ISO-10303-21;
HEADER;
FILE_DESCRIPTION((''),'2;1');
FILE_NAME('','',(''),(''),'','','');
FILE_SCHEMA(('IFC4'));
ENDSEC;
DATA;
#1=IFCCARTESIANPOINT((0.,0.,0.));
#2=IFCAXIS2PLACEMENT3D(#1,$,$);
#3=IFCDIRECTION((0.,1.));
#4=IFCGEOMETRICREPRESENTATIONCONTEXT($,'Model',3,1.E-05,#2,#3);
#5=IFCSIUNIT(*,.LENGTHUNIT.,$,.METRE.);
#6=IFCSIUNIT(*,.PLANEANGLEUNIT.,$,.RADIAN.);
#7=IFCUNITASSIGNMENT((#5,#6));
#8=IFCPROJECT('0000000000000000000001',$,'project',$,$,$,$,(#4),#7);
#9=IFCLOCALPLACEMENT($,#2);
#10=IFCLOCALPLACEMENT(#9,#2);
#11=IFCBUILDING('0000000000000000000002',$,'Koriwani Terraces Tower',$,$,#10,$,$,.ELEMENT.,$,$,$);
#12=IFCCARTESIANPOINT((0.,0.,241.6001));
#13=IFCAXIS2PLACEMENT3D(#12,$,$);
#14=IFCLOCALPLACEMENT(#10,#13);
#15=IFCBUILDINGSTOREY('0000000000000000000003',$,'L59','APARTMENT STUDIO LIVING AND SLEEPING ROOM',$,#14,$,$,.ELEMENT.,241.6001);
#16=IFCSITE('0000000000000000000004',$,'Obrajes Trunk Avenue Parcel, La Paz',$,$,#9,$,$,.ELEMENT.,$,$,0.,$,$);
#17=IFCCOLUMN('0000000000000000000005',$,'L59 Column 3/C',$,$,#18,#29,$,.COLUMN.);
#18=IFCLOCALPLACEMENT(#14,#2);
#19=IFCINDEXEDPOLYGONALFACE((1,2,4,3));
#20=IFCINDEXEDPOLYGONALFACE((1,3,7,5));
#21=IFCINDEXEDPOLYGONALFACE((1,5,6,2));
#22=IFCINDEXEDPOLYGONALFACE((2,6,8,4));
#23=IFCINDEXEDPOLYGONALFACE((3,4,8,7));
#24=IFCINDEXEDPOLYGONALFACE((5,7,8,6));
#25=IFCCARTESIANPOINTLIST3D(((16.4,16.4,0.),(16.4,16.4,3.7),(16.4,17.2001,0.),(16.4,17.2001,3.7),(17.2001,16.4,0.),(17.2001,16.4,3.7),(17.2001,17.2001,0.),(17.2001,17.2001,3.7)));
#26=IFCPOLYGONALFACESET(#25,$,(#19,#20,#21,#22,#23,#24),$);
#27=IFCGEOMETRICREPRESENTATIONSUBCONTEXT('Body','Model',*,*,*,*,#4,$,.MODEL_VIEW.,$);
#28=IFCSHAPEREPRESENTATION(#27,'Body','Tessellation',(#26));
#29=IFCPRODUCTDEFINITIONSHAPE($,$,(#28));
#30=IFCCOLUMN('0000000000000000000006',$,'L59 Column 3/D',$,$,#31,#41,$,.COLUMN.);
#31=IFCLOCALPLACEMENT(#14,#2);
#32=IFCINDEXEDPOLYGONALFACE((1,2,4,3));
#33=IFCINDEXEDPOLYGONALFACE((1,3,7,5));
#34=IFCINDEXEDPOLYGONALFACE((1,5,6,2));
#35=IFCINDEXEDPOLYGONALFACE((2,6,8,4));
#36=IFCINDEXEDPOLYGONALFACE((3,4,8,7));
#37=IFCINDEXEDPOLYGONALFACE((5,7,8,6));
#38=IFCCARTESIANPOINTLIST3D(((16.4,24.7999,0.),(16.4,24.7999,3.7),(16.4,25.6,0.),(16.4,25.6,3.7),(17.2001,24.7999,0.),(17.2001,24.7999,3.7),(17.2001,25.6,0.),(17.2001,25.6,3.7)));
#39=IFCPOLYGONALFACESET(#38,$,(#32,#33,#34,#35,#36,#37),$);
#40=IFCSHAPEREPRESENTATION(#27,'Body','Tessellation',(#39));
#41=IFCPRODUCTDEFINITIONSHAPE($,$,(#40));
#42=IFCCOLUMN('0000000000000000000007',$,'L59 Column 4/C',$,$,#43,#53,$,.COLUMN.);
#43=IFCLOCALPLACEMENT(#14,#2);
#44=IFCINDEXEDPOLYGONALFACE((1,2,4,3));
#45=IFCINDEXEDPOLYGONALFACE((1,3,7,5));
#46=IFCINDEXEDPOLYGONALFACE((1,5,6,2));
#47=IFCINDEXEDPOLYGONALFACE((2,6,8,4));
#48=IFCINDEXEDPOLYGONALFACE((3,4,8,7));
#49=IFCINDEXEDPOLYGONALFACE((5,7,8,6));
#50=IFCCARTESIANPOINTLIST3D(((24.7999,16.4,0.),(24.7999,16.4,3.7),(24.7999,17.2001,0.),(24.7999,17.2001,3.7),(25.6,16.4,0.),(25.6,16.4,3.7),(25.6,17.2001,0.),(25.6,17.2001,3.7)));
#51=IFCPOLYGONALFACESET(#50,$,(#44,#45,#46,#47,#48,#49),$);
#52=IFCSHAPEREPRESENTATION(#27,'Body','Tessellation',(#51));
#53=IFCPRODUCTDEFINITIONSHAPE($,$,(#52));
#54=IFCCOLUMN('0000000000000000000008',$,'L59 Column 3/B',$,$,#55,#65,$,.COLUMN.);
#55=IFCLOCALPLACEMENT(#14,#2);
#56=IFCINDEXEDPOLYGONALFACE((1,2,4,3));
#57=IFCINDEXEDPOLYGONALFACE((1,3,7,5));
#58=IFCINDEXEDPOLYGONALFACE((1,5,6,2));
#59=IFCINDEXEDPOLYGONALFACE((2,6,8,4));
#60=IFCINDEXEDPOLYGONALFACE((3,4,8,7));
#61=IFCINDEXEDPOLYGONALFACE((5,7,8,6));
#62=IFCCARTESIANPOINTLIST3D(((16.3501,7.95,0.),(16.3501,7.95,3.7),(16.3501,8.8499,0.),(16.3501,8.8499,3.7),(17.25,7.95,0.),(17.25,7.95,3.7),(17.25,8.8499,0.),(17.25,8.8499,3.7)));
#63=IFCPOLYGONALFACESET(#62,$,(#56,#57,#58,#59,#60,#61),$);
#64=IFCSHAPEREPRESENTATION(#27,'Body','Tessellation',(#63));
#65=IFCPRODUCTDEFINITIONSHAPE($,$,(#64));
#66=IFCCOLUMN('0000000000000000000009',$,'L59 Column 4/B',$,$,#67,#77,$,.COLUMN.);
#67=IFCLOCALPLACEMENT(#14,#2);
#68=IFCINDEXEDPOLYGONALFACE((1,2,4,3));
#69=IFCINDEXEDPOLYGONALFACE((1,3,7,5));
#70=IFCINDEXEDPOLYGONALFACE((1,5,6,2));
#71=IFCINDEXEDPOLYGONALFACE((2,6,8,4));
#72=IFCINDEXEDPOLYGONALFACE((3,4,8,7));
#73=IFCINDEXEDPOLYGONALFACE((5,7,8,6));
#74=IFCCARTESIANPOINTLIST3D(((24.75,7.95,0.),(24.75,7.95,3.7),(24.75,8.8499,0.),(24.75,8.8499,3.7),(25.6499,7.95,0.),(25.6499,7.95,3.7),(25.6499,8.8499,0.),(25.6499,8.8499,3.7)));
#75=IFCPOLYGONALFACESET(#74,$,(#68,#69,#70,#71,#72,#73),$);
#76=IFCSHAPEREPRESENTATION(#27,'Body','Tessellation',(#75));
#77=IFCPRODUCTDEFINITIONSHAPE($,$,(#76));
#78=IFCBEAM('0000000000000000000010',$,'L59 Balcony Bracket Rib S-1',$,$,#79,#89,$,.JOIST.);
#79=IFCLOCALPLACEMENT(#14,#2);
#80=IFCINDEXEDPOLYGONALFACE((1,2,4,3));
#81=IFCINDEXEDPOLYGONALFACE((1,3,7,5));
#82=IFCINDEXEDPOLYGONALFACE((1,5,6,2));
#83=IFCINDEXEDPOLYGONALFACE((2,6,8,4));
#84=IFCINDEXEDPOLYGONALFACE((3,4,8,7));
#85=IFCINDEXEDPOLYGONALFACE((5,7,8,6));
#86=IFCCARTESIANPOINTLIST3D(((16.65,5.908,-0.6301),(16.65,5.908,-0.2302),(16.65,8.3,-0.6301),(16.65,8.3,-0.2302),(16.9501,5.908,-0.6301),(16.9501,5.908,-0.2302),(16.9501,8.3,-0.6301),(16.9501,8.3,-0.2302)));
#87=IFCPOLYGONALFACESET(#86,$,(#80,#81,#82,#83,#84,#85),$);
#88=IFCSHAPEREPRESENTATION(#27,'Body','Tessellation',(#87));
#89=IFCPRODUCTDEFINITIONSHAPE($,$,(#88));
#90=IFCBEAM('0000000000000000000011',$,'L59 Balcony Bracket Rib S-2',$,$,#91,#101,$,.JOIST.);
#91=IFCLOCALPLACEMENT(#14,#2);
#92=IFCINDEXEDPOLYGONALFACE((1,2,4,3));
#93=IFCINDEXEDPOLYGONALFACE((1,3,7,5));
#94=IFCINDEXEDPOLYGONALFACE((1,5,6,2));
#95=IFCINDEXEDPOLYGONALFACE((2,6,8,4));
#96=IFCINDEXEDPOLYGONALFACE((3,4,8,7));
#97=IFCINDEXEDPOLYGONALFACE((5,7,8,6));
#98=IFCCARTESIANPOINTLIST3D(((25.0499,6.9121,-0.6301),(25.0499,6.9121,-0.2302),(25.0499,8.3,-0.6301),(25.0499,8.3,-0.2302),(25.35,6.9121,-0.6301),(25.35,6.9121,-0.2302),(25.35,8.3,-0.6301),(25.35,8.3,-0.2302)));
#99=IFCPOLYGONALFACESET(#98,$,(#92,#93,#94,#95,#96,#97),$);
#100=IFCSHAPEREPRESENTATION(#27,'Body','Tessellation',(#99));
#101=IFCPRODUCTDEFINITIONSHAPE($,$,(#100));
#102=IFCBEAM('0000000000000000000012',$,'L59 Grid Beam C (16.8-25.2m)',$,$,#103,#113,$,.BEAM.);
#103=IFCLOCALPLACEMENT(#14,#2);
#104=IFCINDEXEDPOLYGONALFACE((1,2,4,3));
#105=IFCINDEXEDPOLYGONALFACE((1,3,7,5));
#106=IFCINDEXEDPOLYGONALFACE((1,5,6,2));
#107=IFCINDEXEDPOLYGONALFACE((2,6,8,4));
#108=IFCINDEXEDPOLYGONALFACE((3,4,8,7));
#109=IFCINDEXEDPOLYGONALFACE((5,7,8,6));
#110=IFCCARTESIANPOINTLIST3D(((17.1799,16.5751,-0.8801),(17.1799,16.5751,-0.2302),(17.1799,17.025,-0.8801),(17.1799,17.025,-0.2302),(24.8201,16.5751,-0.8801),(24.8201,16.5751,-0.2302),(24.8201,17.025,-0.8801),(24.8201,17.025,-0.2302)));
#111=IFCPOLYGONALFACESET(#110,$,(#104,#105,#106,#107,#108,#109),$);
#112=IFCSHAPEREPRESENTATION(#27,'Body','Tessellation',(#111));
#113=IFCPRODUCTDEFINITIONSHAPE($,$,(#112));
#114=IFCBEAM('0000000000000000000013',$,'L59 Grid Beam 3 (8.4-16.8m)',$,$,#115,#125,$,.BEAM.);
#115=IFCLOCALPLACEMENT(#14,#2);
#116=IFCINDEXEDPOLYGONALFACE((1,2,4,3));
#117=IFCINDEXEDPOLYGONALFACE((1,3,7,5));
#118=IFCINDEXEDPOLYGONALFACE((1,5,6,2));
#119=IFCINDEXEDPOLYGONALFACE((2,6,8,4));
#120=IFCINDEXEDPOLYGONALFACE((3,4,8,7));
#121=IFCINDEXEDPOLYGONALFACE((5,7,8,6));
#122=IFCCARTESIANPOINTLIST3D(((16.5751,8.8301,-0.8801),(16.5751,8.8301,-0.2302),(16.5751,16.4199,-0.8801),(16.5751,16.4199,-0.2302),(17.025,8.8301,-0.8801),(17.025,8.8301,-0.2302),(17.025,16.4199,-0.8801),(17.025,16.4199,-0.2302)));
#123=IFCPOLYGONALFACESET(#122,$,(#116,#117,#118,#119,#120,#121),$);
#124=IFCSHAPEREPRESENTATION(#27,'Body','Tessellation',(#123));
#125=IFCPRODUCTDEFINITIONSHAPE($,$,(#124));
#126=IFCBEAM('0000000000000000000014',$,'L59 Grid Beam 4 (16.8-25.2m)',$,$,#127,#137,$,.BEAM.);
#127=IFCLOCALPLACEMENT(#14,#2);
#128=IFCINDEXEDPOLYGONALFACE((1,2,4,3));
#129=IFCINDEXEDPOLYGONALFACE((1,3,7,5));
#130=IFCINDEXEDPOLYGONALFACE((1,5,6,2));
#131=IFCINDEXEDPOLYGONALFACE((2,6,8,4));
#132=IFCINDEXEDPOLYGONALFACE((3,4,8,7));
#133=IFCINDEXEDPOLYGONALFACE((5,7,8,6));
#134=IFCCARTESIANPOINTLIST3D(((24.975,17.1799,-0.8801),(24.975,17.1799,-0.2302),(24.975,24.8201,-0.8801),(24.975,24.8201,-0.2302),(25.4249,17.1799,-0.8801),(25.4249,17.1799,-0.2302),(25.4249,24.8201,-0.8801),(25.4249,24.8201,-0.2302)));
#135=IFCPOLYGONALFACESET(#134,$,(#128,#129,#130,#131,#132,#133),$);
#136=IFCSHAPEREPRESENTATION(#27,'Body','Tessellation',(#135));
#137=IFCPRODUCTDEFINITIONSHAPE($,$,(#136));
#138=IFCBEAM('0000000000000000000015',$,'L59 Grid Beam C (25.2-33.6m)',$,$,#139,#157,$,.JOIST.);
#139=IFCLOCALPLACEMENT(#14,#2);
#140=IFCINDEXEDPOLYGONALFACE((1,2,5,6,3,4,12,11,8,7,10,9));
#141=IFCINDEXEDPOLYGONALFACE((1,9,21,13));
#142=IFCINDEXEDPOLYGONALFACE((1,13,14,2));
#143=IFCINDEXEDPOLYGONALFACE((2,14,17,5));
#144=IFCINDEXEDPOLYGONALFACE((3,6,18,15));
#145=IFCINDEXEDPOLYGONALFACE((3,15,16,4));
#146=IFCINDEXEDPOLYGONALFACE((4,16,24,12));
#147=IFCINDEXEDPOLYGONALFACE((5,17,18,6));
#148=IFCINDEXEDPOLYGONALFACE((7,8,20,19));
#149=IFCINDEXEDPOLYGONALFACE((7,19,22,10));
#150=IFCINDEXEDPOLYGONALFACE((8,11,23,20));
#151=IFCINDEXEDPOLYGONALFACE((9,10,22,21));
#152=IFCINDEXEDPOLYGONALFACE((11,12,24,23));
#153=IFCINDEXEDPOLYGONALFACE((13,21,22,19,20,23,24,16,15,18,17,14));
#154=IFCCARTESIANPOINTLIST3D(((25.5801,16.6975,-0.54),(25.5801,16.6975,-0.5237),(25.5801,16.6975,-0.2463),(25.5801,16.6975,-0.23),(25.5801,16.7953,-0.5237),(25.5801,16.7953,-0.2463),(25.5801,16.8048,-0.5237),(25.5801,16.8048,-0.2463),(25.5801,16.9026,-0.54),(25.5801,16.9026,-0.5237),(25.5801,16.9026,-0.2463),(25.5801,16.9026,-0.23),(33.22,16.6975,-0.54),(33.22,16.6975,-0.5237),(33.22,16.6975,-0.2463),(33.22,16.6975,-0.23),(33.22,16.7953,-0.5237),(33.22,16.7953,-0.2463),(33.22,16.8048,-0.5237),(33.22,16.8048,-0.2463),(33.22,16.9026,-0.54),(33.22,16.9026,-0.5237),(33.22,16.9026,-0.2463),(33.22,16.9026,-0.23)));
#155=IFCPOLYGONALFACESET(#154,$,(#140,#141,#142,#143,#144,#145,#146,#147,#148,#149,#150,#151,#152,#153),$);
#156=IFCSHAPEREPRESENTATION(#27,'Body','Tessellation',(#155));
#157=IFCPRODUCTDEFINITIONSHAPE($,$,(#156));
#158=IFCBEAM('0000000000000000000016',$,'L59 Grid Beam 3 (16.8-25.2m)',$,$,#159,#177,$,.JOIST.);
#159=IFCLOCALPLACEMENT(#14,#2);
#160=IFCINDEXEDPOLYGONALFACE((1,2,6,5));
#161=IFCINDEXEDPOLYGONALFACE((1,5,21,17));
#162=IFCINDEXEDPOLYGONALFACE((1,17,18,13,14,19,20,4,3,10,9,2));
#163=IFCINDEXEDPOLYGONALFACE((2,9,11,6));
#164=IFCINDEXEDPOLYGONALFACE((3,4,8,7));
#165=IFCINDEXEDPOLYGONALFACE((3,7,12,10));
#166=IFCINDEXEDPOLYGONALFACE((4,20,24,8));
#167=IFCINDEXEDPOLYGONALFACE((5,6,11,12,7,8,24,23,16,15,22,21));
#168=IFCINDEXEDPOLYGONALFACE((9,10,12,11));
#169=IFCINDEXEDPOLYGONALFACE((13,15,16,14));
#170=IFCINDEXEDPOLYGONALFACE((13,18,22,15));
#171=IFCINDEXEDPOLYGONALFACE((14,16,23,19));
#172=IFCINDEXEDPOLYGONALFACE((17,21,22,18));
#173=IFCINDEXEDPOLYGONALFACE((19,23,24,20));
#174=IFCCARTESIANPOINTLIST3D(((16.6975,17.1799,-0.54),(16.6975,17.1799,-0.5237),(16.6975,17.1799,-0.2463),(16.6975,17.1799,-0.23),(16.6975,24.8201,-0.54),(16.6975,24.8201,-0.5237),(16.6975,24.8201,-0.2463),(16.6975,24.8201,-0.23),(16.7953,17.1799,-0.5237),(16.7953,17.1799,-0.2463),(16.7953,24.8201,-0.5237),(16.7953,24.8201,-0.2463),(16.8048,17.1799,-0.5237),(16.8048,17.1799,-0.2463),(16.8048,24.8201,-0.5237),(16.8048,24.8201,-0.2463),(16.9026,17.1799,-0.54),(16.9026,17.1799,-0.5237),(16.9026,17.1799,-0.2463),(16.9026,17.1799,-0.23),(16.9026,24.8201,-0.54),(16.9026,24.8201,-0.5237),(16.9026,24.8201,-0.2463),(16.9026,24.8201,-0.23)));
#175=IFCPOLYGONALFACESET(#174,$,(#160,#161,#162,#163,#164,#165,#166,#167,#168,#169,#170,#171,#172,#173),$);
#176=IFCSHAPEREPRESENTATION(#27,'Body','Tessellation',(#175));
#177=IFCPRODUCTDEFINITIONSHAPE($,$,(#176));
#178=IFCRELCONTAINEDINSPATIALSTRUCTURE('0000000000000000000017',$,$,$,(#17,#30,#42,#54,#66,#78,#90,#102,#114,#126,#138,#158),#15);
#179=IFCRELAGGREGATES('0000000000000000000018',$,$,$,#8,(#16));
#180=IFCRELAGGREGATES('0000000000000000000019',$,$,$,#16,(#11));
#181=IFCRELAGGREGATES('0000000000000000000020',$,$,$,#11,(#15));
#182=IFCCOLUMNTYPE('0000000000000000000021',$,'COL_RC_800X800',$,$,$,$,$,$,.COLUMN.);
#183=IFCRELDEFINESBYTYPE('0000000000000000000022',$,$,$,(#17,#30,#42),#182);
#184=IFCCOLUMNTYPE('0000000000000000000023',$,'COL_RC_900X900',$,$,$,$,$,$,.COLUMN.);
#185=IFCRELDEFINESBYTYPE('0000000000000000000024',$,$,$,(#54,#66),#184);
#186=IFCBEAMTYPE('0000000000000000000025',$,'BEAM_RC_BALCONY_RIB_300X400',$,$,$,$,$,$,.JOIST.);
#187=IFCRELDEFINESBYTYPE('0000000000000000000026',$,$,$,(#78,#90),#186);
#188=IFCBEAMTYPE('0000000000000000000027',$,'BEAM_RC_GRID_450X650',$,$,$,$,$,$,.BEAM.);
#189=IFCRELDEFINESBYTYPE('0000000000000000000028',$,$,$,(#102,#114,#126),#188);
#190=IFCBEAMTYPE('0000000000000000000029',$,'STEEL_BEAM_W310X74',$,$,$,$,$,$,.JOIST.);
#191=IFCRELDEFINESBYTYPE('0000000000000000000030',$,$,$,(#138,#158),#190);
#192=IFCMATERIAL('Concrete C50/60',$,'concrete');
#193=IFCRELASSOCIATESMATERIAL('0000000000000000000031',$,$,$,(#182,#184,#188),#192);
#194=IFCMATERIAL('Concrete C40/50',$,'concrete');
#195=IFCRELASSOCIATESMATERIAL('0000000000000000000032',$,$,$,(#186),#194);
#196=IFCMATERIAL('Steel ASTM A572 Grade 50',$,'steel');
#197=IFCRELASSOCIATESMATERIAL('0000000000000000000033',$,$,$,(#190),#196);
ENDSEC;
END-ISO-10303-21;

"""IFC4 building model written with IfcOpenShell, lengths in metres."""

from ifc_helpers import new_model, si_unit, direction, frame, origin, origin_2d, place, context, subcontext, project, spatial, rectangle, i_section, extrude, material, material_profile, profile_set, type_object, element, save


model = new_model("IFC4")

# Units and contexts
model_context = context("Model", 3, precision=1e-05, world=origin(), true_north=direction((0.0, 1.0)))
body_context = subcontext(model_context, "Body", "Model", "MODEL_VIEW")
ifc_project = project(units=[si_unit("LENGTHUNIT", "METRE"), si_unit("PLANEANGLEUNIT", "RADIAN")], contexts=[model_context])

# Site, building, storey
site_placement = place(None, origin())
site = spatial("IfcSite", under=ifc_project, at=site_placement, Name="Obrajes Trunk Avenue Parcel, La Paz", CompositionType="ELEMENT", RefElevation=0.0)
building_placement = place(site_placement, origin())
building = spatial("IfcBuilding", under=site, at=building_placement, Name="Koriwani Terraces Tower", CompositionType="ELEMENT")
storey_placement = place(building_placement, frame((0.0, 0.0, 241.6001)))
storey = spatial("IfcBuildingStorey", under=building, at=storey_placement, Name="L59", Description="APARTMENT STUDIO LIVING AND SLEEPING ROOM", CompositionType="ELEMENT", Elevation=241.6001)

# Columns
ifc_material_1 = material(Name="Concrete C50/60", Category="concrete")
ifc_material_profile_1 = material_profile(ifc_material_1, rectangle(XDim=0.8, YDim=0.8, at=origin_2d()), Name="Concrete C50/60", Category="LoadBearing")
ifc_profile_set_1 = profile_set([ifc_material_profile_1], Name="Concrete C50/60")
column_type_1 = type_object("IfcColumnType", Name="COL_RC_800X800", PredefinedType="COLUMN", material=ifc_profile_set_1)
for number, where, z_axis, x_axis, name in (
    (1, (16.8, 16.8, 0.0), (0.0, 0.0, 1.0), (1.0, 0.0, 0.0), "L59 Column 3/C"),
    (2, (16.8, 25.2, 0.0), (0.0, 0.0, 1.0), (1.0, 0.0, 0.0), "L59 Column 3/D"),
    (3, (25.2, 16.8, 0.0), (0.0, 0.0, 1.0), (1.0, 0.0, 0.0), "L59 Column 4/C"),
):
    element("IfcColumn", number, at=place(storey_placement, frame(where, z_axis=z_axis, x_axis=x_axis)), inside=storey, type_object=column_type_1, Name=name, PredefinedType="COLUMN", context=body_context, shape_type="SweptSolid", body=[
        extrude(rectangle(XDim=0.8, YDim=0.8, at=origin_2d()), origin(), (0.0, 0.0, 1.0), 3.7),
    ])
ifc_material_profile_2 = material_profile(ifc_material_1, rectangle(XDim=0.8999, YDim=0.8999, at=origin_2d()), Name="Concrete C50/60", Category="LoadBearing")
ifc_profile_set_2 = profile_set([ifc_material_profile_2], Name="Concrete C50/60")
column_type_2 = type_object("IfcColumnType", Name="COL_RC_900X900", PredefinedType="COLUMN", material=ifc_profile_set_2)
for number, where, z_axis, x_axis, name in (
    (4, (16.8, 8.3999, 0.0), (0.0, 0.0, 1.0), (1.0, 0.0, 0.0), "L59 Column 3/B"),
    (5, (25.2, 8.3999, 0.0), (0.0, 0.0, 1.0), (1.0, 0.0, 0.0), "L59 Column 4/B"),
):
    element("IfcColumn", number, at=place(storey_placement, frame(where, z_axis=z_axis, x_axis=x_axis)), inside=storey, type_object=column_type_2, Name=name, PredefinedType="COLUMN", context=body_context, shape_type="SweptSolid", body=[
        extrude(rectangle(XDim=0.8999, YDim=0.8999, at=origin_2d()), origin(), (0.0, 0.0, 1.0), 3.7),
    ])

# Beams
ifc_material_2 = material(Name="Concrete C40/50", Category="concrete")
ifc_material_profile_3 = material_profile(ifc_material_2, rectangle(XDim=0.3, YDim=0.3999, at=origin_2d()), Name="Concrete C40/50", Category="LoadBearing")
ifc_profile_set_3 = profile_set([ifc_material_profile_3], Name="Concrete C40/50")
beam_type_1 = type_object("IfcBeamType", Name="BEAM_RC_BALCONY_RIB_300X400", PredefinedType="JOIST", material=ifc_profile_set_3)
beam_1_placement = place(storey_placement, frame((16.8, 5.908, -0.4302), z_axis=(0.0, 1.0, 0.0), x_axis=(-1.0, 0.0, 0.0)))
element("IfcBeam", 6, at=beam_1_placement, inside=storey, type_object=beam_type_1, Name="L59 Balcony Bracket Rib S-1", PredefinedType="JOIST", context=body_context, shape_type="SweptSolid", body=[
    extrude(rectangle(XDim=0.3, YDim=0.3999, at=origin_2d()), origin(), (0.0, 0.0, 1.0), 2.3921),
])
beam_2_placement = place(storey_placement, frame((25.2, 6.9121, -0.4302), z_axis=(0.0, 1.0, 0.0), x_axis=(-1.0, 0.0, 0.0)))
element("IfcBeam", 7, at=beam_2_placement, inside=storey, type_object=beam_type_1, Name="L59 Balcony Bracket Rib S-2", PredefinedType="JOIST", context=body_context, shape_type="SweptSolid", body=[
    extrude(rectangle(XDim=0.3, YDim=0.3999, at=origin_2d()), origin(), (0.0, 0.0, 1.0), 1.3879),
])
ifc_material_profile_4 = material_profile(ifc_material_1, rectangle(XDim=0.45, YDim=0.6499, at=origin_2d()), Name="Concrete C50/60", Category="LoadBearing")
ifc_profile_set_4 = profile_set([ifc_material_profile_4], Name="Concrete C50/60")
beam_type_2 = type_object("IfcBeamType", Name="BEAM_RC_GRID_450X650", PredefinedType="BEAM", material=ifc_profile_set_4)
beam_3_placement = place(storey_placement, frame((17.1799, 16.8, -0.5552), z_axis=(1.0, 0.0, 0.0), x_axis=(0.0, 1.0, 0.0)))
element("IfcBeam", 8, at=beam_3_placement, inside=storey, type_object=beam_type_2, Name="L59 Grid Beam C (16.8-25.2m)", PredefinedType="BEAM", context=body_context, shape_type="SweptSolid", body=[
    extrude(rectangle(XDim=0.45, YDim=0.6499, at=origin_2d()), origin(), (0.0, 0.0, 1.0), 7.6401),
])
beam_4_placement = place(storey_placement, frame((16.8, 8.8301, -0.5552), z_axis=(0.0, 1.0, 0.0), x_axis=(-1.0, 0.0, 0.0)))
element("IfcBeam", 9, at=beam_4_placement, inside=storey, type_object=beam_type_2, Name="L59 Grid Beam 3 (8.4-16.8m)", PredefinedType="BEAM", context=body_context, shape_type="SweptSolid", body=[
    extrude(rectangle(XDim=0.45, YDim=0.6499, at=origin_2d()), origin(), (0.0, 0.0, 1.0), 7.5898),
])
beam_5_placement = place(storey_placement, frame((25.2, 17.1799, -0.5552), z_axis=(0.0, 1.0, 0.0), x_axis=(-1.0, 0.0, 0.0)))
element("IfcBeam", 10, at=beam_5_placement, inside=storey, type_object=beam_type_2, Name="L59 Grid Beam 4 (16.8-25.2m)", PredefinedType="BEAM", context=body_context, shape_type="SweptSolid", body=[
    extrude(rectangle(XDim=0.45, YDim=0.6499, at=origin_2d()), origin(), (0.0, 0.0, 1.0), 7.6401),
])
ifc_material_3 = material(Name="Steel ASTM A572 Grade 50", Category="steel")
ifc_material_profile_5 = material_profile(ifc_material_3, i_section(OverallWidth=0.2051, OverallDepth=0.3101, WebThickness=0.0095, FlangeThickness=0.0164, at=origin_2d()), Name="Steel ASTM A572 Grade 50", Category="LoadBearing")
ifc_profile_set_5 = profile_set([ifc_material_profile_5], Name="Steel ASTM A572 Grade 50")
beam_type_3 = type_object("IfcBeamType", Name="STEEL_BEAM_W310X74", PredefinedType="JOIST", material=ifc_profile_set_5)
beam_6_placement = place(storey_placement, frame((25.5801, 16.8, -0.385), z_axis=(1.0, 0.0, 0.0), x_axis=(0.0, 1.0, 0.0)))
element("IfcBeam", 11, at=beam_6_placement, inside=storey, type_object=beam_type_3, Name="L59 Grid Beam C (25.2-33.6m)", PredefinedType="JOIST", context=body_context, shape_type="SweptSolid", body=[
    extrude(i_section(OverallWidth=0.2051, OverallDepth=0.3101, WebThickness=0.0095, FlangeThickness=0.0164, at=origin_2d()), origin(), (0.0, 0.0, 1.0), 7.6399),
])
beam_7_placement = place(storey_placement, frame((16.8, 17.1799, -0.385), z_axis=(0.0, 1.0, 0.0), x_axis=(-1.0, 0.0, 0.0)))
element("IfcBeam", 12, at=beam_7_placement, inside=storey, type_object=beam_type_3, Name="L59 Grid Beam 3 (16.8-25.2m)", PredefinedType="JOIST", context=body_context, shape_type="SweptSolid", body=[
    extrude(i_section(OverallWidth=0.2051, OverallDepth=0.3101, WebThickness=0.0095, FlangeThickness=0.0164, at=origin_2d()), origin(), (0.0, 0.0, 1.0), 7.6401),
])

save(model, "model.ifc")
